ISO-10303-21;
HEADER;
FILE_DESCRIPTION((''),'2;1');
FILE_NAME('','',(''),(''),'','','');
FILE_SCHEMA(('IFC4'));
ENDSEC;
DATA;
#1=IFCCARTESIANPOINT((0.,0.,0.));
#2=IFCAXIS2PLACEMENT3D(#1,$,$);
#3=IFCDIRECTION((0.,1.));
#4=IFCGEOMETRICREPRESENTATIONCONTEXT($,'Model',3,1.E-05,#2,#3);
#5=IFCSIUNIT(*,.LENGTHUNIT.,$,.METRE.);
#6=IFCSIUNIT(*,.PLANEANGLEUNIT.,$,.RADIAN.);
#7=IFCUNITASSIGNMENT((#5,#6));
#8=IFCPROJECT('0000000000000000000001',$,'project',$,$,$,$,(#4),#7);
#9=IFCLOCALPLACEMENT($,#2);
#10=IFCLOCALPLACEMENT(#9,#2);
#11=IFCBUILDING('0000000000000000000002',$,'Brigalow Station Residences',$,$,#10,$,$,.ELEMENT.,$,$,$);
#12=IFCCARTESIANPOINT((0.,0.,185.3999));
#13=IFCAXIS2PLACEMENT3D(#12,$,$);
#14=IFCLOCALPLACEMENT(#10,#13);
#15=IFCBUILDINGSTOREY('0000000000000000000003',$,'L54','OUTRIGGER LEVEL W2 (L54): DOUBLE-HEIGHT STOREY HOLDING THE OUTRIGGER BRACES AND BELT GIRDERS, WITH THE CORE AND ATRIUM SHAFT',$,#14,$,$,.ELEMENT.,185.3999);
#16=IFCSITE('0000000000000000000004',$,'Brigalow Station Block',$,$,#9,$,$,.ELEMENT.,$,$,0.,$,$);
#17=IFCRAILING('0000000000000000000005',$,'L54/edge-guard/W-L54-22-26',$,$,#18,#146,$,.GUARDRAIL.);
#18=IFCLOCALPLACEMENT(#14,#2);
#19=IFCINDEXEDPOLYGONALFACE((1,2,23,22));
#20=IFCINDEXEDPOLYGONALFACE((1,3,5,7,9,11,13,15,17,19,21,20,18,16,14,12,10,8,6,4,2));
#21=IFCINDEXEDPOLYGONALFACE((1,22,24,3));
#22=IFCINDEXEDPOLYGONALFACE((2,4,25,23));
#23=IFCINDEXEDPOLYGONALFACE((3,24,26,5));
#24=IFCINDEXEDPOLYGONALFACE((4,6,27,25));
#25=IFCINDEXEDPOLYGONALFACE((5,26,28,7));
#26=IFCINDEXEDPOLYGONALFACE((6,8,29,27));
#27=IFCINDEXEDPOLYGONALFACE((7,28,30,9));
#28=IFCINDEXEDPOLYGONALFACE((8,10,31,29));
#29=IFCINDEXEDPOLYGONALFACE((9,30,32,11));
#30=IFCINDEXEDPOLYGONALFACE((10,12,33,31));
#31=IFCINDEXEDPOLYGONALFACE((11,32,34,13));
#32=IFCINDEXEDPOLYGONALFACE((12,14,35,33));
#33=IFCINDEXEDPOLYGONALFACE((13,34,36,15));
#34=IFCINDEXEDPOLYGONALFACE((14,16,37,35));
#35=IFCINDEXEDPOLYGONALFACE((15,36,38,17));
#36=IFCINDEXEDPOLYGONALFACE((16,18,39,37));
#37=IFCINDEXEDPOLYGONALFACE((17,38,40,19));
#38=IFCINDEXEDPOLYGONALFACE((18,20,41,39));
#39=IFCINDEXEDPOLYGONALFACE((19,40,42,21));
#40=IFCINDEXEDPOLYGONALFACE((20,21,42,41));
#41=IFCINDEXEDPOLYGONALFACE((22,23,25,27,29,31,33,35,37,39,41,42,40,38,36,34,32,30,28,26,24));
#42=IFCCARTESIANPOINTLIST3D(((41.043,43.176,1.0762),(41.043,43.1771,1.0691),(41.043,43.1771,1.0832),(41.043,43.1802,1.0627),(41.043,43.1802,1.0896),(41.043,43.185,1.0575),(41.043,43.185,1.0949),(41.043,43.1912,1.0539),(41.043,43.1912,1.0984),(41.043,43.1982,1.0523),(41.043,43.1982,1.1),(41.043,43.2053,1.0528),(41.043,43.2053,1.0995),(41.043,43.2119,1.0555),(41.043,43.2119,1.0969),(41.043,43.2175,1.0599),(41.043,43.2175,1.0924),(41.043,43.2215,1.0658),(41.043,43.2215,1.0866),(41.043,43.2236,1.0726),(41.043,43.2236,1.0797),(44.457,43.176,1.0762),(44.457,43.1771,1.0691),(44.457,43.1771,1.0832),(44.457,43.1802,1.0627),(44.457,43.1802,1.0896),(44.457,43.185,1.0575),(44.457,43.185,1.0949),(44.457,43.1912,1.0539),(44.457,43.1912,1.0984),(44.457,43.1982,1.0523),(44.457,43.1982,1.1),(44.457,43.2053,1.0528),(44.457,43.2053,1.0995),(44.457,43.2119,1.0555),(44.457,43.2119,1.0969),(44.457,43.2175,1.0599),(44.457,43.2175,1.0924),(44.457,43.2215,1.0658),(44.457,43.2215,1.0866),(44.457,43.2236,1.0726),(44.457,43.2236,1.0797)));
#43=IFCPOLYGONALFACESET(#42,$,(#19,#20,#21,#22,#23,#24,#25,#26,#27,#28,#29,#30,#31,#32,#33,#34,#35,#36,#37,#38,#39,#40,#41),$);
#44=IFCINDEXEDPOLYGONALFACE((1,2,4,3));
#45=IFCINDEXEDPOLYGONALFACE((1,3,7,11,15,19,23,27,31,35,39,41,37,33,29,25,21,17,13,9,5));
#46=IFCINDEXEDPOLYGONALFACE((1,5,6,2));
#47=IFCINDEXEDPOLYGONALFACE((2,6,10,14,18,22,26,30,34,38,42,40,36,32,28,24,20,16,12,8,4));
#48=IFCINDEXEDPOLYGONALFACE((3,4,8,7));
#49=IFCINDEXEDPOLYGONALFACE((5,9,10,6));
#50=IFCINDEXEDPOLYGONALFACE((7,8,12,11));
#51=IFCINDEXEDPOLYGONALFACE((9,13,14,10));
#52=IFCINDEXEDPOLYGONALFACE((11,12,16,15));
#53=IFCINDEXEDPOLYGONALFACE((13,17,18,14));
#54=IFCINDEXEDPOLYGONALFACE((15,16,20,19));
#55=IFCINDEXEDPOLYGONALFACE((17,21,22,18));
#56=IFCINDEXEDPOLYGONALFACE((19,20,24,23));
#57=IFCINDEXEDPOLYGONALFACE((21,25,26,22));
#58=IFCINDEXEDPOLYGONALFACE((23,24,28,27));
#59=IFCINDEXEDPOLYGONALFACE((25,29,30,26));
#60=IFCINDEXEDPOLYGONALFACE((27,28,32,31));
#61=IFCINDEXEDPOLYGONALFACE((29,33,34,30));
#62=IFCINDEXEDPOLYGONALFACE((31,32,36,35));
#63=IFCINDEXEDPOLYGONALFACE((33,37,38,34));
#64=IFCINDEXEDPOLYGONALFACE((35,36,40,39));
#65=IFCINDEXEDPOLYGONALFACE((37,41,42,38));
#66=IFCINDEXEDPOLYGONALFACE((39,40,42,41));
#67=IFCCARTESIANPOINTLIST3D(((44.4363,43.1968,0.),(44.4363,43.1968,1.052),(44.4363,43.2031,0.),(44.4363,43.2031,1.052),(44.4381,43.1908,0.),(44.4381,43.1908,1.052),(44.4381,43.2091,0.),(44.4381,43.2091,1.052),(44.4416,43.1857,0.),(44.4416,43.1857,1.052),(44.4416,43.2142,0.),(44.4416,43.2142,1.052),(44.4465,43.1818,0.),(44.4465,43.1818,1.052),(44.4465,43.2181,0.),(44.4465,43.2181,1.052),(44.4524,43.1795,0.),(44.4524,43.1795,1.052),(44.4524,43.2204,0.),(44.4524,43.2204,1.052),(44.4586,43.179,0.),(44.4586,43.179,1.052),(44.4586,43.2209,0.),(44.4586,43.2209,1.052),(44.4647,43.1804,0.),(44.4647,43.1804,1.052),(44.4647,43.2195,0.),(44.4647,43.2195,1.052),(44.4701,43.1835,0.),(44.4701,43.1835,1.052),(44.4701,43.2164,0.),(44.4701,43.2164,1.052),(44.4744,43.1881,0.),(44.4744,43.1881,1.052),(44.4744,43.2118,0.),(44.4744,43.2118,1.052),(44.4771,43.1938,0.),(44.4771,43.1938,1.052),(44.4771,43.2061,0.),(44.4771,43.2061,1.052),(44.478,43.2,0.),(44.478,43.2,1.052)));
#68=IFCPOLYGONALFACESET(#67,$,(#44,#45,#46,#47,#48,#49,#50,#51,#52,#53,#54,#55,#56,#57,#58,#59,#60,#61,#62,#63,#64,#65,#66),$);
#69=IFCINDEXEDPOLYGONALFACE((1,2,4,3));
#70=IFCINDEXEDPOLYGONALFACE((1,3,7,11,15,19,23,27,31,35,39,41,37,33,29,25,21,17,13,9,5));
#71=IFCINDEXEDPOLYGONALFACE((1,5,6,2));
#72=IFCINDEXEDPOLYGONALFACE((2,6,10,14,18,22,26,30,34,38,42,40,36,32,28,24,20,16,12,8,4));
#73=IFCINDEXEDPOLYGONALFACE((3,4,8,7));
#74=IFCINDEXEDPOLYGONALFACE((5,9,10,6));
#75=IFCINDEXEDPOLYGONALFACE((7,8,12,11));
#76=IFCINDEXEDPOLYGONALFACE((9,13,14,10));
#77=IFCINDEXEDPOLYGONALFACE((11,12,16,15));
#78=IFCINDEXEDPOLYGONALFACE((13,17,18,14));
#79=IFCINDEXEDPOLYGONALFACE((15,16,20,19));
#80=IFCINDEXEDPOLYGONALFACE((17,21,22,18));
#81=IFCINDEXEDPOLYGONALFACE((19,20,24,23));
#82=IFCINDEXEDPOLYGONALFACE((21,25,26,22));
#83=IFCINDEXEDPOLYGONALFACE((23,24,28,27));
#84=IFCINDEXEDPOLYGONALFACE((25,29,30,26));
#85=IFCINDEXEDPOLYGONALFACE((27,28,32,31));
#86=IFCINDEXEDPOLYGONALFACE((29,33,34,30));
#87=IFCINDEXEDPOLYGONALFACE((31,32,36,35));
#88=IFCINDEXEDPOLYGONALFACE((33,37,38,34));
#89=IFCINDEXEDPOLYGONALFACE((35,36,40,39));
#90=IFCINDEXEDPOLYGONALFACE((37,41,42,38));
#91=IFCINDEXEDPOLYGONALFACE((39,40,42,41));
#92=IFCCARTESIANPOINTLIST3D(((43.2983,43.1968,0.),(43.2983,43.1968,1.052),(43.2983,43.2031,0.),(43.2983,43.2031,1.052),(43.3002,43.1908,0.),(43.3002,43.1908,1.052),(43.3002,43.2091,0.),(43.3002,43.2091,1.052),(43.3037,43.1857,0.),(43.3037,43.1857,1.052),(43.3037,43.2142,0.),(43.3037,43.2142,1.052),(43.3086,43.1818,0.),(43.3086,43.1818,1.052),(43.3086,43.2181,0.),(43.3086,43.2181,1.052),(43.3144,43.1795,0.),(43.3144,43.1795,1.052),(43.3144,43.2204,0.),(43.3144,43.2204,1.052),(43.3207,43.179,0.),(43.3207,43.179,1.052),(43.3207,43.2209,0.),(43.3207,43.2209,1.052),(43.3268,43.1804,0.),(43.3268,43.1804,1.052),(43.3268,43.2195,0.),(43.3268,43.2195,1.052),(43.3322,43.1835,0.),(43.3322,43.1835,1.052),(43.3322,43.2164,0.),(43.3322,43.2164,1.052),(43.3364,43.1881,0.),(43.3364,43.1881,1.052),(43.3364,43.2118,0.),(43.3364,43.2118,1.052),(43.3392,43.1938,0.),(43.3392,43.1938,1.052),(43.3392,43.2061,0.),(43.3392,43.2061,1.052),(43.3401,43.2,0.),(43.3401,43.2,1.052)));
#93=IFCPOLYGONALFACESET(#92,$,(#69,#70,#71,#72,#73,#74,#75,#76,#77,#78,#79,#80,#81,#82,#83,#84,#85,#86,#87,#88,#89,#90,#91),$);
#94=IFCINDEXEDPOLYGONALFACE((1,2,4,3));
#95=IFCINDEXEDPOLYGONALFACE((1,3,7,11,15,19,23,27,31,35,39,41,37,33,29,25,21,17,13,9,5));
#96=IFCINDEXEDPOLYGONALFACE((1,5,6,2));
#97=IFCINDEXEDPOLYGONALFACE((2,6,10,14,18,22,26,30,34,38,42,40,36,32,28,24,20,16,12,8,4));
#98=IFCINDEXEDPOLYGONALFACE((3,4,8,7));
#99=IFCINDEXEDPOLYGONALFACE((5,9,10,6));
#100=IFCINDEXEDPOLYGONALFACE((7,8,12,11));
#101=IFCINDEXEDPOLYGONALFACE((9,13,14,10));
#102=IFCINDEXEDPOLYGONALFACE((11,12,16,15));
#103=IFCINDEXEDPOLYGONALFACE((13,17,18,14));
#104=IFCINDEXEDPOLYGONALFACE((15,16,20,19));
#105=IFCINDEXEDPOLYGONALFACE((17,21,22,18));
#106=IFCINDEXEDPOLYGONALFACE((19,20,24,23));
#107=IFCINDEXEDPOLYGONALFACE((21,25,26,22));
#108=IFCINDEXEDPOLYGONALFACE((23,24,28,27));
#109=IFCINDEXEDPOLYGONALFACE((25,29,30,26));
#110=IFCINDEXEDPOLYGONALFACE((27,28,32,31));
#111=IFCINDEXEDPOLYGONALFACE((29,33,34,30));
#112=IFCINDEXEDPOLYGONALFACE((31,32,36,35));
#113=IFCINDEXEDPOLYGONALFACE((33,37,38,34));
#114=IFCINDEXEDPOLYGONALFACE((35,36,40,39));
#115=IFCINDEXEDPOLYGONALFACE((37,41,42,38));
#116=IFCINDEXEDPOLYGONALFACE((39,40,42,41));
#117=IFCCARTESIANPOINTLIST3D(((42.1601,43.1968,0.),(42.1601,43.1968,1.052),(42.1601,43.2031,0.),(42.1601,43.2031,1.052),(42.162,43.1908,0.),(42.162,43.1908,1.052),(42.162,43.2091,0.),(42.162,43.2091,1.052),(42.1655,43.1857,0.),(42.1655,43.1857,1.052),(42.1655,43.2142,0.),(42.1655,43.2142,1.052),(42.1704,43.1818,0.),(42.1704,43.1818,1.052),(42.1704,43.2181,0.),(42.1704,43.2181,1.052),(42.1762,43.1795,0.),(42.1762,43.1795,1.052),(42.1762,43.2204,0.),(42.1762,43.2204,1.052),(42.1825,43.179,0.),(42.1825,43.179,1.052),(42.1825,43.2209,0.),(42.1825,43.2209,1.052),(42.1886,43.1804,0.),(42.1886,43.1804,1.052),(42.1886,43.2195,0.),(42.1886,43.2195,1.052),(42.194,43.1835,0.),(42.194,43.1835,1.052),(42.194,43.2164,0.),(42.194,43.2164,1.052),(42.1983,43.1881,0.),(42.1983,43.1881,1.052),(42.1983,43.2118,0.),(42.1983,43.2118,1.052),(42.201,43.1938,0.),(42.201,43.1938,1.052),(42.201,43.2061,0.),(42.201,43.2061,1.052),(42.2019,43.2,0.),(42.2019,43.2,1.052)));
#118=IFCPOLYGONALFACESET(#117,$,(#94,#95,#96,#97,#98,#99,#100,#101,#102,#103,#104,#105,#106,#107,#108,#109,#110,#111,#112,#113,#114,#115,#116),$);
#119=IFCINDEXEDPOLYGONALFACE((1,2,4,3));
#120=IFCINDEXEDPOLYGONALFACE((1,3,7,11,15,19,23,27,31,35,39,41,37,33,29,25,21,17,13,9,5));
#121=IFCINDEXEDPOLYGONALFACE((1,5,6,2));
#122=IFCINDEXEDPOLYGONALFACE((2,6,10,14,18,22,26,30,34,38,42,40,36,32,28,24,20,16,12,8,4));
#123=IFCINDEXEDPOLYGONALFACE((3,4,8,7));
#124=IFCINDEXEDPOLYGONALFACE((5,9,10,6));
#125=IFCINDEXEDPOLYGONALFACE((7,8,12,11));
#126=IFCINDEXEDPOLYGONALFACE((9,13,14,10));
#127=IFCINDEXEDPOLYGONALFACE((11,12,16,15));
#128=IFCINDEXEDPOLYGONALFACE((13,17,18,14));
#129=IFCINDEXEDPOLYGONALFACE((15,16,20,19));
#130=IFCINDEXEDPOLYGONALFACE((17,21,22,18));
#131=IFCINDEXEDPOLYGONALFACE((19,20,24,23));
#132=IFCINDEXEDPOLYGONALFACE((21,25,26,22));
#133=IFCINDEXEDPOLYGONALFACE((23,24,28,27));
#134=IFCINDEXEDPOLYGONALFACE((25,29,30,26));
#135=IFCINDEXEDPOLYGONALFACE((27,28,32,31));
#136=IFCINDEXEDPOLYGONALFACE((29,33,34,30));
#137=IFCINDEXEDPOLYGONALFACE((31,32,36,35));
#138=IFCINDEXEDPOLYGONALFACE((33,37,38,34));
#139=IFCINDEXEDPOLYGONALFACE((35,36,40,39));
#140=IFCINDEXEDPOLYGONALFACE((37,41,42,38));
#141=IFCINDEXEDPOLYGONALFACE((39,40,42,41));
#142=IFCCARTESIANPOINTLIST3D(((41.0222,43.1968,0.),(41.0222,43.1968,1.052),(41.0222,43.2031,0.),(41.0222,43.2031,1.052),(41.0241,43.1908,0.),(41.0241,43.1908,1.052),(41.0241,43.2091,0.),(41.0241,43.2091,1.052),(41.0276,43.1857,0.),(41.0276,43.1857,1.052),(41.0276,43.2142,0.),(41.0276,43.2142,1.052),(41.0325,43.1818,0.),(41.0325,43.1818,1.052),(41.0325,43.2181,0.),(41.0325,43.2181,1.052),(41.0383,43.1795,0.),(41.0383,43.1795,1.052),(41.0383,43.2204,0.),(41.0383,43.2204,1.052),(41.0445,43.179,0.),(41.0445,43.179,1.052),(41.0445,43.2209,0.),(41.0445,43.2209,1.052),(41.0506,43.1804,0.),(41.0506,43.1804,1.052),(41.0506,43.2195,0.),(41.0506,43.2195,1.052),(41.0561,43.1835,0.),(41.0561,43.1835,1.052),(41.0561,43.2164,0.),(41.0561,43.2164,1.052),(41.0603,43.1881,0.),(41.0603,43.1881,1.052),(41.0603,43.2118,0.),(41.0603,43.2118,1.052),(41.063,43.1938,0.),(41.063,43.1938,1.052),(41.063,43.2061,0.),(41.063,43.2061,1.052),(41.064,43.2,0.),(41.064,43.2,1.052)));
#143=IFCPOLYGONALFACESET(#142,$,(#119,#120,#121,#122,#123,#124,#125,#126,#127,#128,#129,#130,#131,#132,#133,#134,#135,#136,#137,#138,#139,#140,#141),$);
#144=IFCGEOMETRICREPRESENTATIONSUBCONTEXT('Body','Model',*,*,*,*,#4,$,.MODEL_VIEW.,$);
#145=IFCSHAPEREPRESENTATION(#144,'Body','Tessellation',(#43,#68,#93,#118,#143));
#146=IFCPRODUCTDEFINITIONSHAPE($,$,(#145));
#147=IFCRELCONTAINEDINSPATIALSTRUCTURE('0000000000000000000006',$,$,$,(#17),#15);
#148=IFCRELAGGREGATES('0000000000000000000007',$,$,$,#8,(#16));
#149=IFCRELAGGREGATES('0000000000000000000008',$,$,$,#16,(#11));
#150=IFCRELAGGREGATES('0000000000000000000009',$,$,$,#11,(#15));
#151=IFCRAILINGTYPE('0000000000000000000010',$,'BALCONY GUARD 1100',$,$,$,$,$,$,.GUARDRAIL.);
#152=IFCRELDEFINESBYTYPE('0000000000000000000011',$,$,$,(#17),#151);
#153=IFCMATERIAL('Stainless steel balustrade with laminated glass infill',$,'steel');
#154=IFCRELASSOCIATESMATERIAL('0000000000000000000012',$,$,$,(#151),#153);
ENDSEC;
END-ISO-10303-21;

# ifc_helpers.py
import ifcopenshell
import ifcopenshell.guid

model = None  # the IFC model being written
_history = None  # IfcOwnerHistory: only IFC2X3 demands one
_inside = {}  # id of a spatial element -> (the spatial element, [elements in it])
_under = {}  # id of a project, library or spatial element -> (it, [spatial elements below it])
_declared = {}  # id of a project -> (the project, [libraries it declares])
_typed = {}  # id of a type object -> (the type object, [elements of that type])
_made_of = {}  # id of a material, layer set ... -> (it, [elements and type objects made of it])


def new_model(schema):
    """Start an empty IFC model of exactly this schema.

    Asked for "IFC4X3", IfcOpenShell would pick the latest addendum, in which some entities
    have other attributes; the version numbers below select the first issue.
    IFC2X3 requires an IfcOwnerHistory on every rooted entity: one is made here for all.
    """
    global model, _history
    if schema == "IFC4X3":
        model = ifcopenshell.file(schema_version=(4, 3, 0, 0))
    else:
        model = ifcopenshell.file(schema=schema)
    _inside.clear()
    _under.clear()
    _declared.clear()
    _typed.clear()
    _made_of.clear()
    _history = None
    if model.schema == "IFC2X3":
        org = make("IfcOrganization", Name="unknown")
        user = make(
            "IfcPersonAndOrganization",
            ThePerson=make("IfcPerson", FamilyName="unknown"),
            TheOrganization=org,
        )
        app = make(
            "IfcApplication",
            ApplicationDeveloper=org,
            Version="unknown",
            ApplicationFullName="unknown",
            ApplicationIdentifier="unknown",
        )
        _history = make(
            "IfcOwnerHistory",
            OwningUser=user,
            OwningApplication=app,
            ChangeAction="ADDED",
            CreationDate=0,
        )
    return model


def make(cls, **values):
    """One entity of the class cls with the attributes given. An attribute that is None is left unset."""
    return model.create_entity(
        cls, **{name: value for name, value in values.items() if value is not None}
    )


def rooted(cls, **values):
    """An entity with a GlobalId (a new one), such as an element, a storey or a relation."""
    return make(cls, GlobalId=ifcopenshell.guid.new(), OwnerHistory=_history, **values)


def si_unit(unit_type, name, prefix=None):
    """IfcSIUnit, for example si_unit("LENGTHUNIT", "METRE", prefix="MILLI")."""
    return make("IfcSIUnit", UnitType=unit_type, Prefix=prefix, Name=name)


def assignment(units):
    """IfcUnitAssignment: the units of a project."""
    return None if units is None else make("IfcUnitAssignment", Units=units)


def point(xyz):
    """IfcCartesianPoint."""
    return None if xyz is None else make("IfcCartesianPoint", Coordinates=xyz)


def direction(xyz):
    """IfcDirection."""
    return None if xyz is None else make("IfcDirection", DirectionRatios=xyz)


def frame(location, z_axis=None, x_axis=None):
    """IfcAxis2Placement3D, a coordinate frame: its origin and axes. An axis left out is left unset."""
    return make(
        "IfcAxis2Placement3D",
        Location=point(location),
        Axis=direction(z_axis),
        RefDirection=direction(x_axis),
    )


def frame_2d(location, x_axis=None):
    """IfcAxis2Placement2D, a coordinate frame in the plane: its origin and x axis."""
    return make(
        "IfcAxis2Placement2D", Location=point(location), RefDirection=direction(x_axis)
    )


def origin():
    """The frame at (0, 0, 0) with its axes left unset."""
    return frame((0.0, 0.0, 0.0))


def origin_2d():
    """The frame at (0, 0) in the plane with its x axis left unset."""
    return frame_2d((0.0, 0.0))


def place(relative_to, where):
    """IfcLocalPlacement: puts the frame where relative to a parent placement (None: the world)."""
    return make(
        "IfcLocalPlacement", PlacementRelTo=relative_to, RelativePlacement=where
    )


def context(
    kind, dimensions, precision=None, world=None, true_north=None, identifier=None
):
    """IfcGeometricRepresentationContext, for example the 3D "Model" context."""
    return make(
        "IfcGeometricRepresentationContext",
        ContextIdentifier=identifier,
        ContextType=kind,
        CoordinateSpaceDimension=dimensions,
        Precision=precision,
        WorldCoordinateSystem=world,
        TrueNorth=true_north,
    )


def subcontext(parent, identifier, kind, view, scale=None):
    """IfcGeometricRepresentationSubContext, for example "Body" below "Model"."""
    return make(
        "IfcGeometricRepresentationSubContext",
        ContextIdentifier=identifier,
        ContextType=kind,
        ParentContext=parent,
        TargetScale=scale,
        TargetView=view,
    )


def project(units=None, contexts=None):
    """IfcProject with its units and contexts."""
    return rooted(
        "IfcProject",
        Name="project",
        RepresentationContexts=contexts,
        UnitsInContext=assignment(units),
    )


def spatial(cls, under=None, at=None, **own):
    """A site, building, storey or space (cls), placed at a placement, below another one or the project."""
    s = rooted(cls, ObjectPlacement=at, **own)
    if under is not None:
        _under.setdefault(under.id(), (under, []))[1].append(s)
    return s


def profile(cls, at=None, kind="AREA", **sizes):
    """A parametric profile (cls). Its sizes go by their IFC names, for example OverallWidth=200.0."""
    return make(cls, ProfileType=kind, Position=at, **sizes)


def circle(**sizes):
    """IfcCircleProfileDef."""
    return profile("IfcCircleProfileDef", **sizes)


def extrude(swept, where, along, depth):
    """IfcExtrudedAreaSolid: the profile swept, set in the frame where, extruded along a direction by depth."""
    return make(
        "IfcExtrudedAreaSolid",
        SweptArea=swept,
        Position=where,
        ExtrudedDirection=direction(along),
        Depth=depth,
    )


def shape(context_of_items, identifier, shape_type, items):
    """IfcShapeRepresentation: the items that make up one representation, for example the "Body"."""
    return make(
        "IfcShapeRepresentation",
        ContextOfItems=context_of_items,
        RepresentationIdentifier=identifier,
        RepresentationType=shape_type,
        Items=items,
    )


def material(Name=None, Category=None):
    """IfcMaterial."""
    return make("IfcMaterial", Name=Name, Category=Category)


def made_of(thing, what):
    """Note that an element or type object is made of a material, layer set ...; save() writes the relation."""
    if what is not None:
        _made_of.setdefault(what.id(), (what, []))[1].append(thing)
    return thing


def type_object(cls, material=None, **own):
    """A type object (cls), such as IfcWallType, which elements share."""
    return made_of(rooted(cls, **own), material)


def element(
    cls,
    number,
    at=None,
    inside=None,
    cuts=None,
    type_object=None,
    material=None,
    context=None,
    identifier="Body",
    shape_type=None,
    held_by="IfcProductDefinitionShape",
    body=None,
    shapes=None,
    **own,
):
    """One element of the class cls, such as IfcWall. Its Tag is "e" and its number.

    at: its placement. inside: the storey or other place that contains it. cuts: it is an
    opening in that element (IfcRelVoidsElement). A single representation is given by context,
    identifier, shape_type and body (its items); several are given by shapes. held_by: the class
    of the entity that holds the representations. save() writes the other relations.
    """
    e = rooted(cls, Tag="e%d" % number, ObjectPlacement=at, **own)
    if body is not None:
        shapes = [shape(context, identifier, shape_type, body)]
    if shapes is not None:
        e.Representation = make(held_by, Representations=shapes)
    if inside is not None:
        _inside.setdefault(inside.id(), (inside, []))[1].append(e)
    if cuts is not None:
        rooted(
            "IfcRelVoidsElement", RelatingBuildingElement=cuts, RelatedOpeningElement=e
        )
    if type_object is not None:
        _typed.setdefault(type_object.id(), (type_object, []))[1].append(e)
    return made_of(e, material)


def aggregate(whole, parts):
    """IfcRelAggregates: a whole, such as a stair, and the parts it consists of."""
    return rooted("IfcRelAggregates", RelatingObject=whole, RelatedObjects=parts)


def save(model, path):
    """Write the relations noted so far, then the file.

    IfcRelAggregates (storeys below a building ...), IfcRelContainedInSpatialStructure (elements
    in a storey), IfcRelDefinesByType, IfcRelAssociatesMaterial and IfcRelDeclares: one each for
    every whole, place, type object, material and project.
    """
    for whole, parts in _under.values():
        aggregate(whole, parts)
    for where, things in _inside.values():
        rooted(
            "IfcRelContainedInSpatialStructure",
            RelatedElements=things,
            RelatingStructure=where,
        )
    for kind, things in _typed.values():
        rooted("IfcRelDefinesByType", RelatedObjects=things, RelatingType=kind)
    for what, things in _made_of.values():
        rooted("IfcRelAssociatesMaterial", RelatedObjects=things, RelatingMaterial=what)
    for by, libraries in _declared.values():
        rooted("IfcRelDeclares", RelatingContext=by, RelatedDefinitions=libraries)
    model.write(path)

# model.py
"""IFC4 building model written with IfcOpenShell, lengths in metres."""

from ifc_helpers import new_model, si_unit, direction, frame, origin, origin_2d, place, context, subcontext, project, spatial, circle, extrude, material, type_object, element, save


model = new_model("IFC4")

# Units and contexts
model_context = context("Model", 3, precision=1e-05, world=origin(), true_north=direction((0.0, 1.0)))
body_context = subcontext(model_context, "Body", "Model", "MODEL_VIEW")
ifc_project = project(units=[si_unit("LENGTHUNIT", "METRE"), si_unit("PLANEANGLEUNIT", "RADIAN")], contexts=[model_context])

# Site, building, storey
site_placement = place(None, origin())
site = spatial("IfcSite", under=ifc_project, at=site_placement, Name="Brigalow Station Block", CompositionType="ELEMENT", RefElevation=0.0)
building_placement = place(site_placement, origin())
building = spatial("IfcBuilding", under=site, at=building_placement, Name="Brigalow Station Residences", CompositionType="ELEMENT")
storey_placement = place(building_placement, frame((0.0, 0.0, 185.3999)))
storey = spatial("IfcBuildingStorey", under=building, at=storey_placement, Name="L54", Description="OUTRIGGER LEVEL W2 (L54): DOUBLE-HEIGHT STOREY HOLDING THE OUTRIGGER BRACES AND BELT GIRDERS, WITH THE CORE AND ATRIUM SHAFT", CompositionType="ELEMENT", Elevation=185.3999)

# Railing
ifc_material_1 = material(Name="Stainless steel balustrade with laminated glass infill", Category="steel")
railing_type = type_object("IfcRailingType", Name="BALCONY GUARD 1100", PredefinedType="GUARDRAIL", material=ifc_material_1)
for number, where, name in (
    (1, (44.457, 43.2, 0.0), "L54/edge-guard/W-L54-22-26"),
):
    element("IfcRailing", number, at=place(storey_placement, frame(where)), inside=storey, type_object=railing_type, Name=name, PredefinedType="GUARDRAIL", context=body_context, shape_type="SweptSolid", body=[
        extrude(circle(Radius=0.0239, at=origin_2d()), frame((0.0, 0.0, 1.0762), z_axis=(-1.0, 0.0, 0.0), x_axis=(0.0, -1.0, 0.0)), (0.0, 0.0, 1.0), 3.4141),
        extrude(circle(Radius=0.021, at=origin_2d()), origin(), (0.0, 0.0, 1.0), 1.052),
        extrude(circle(Radius=0.021, at=origin_2d()), frame((-1.1379, 0.0, 0.0)), (0.0, 0.0, 1.0), 1.052),
        extrude(circle(Radius=0.021, at=origin_2d()), frame((-2.2761, 0.0, 0.0)), (0.0, 0.0, 1.0), 1.052),
        extrude(circle(Radius=0.021, at=origin_2d()), frame((-3.4141, 0.0, 0.0)), (0.0, 0.0, 1.0), 1.052),
    ])

save(model, "model.ifc")
